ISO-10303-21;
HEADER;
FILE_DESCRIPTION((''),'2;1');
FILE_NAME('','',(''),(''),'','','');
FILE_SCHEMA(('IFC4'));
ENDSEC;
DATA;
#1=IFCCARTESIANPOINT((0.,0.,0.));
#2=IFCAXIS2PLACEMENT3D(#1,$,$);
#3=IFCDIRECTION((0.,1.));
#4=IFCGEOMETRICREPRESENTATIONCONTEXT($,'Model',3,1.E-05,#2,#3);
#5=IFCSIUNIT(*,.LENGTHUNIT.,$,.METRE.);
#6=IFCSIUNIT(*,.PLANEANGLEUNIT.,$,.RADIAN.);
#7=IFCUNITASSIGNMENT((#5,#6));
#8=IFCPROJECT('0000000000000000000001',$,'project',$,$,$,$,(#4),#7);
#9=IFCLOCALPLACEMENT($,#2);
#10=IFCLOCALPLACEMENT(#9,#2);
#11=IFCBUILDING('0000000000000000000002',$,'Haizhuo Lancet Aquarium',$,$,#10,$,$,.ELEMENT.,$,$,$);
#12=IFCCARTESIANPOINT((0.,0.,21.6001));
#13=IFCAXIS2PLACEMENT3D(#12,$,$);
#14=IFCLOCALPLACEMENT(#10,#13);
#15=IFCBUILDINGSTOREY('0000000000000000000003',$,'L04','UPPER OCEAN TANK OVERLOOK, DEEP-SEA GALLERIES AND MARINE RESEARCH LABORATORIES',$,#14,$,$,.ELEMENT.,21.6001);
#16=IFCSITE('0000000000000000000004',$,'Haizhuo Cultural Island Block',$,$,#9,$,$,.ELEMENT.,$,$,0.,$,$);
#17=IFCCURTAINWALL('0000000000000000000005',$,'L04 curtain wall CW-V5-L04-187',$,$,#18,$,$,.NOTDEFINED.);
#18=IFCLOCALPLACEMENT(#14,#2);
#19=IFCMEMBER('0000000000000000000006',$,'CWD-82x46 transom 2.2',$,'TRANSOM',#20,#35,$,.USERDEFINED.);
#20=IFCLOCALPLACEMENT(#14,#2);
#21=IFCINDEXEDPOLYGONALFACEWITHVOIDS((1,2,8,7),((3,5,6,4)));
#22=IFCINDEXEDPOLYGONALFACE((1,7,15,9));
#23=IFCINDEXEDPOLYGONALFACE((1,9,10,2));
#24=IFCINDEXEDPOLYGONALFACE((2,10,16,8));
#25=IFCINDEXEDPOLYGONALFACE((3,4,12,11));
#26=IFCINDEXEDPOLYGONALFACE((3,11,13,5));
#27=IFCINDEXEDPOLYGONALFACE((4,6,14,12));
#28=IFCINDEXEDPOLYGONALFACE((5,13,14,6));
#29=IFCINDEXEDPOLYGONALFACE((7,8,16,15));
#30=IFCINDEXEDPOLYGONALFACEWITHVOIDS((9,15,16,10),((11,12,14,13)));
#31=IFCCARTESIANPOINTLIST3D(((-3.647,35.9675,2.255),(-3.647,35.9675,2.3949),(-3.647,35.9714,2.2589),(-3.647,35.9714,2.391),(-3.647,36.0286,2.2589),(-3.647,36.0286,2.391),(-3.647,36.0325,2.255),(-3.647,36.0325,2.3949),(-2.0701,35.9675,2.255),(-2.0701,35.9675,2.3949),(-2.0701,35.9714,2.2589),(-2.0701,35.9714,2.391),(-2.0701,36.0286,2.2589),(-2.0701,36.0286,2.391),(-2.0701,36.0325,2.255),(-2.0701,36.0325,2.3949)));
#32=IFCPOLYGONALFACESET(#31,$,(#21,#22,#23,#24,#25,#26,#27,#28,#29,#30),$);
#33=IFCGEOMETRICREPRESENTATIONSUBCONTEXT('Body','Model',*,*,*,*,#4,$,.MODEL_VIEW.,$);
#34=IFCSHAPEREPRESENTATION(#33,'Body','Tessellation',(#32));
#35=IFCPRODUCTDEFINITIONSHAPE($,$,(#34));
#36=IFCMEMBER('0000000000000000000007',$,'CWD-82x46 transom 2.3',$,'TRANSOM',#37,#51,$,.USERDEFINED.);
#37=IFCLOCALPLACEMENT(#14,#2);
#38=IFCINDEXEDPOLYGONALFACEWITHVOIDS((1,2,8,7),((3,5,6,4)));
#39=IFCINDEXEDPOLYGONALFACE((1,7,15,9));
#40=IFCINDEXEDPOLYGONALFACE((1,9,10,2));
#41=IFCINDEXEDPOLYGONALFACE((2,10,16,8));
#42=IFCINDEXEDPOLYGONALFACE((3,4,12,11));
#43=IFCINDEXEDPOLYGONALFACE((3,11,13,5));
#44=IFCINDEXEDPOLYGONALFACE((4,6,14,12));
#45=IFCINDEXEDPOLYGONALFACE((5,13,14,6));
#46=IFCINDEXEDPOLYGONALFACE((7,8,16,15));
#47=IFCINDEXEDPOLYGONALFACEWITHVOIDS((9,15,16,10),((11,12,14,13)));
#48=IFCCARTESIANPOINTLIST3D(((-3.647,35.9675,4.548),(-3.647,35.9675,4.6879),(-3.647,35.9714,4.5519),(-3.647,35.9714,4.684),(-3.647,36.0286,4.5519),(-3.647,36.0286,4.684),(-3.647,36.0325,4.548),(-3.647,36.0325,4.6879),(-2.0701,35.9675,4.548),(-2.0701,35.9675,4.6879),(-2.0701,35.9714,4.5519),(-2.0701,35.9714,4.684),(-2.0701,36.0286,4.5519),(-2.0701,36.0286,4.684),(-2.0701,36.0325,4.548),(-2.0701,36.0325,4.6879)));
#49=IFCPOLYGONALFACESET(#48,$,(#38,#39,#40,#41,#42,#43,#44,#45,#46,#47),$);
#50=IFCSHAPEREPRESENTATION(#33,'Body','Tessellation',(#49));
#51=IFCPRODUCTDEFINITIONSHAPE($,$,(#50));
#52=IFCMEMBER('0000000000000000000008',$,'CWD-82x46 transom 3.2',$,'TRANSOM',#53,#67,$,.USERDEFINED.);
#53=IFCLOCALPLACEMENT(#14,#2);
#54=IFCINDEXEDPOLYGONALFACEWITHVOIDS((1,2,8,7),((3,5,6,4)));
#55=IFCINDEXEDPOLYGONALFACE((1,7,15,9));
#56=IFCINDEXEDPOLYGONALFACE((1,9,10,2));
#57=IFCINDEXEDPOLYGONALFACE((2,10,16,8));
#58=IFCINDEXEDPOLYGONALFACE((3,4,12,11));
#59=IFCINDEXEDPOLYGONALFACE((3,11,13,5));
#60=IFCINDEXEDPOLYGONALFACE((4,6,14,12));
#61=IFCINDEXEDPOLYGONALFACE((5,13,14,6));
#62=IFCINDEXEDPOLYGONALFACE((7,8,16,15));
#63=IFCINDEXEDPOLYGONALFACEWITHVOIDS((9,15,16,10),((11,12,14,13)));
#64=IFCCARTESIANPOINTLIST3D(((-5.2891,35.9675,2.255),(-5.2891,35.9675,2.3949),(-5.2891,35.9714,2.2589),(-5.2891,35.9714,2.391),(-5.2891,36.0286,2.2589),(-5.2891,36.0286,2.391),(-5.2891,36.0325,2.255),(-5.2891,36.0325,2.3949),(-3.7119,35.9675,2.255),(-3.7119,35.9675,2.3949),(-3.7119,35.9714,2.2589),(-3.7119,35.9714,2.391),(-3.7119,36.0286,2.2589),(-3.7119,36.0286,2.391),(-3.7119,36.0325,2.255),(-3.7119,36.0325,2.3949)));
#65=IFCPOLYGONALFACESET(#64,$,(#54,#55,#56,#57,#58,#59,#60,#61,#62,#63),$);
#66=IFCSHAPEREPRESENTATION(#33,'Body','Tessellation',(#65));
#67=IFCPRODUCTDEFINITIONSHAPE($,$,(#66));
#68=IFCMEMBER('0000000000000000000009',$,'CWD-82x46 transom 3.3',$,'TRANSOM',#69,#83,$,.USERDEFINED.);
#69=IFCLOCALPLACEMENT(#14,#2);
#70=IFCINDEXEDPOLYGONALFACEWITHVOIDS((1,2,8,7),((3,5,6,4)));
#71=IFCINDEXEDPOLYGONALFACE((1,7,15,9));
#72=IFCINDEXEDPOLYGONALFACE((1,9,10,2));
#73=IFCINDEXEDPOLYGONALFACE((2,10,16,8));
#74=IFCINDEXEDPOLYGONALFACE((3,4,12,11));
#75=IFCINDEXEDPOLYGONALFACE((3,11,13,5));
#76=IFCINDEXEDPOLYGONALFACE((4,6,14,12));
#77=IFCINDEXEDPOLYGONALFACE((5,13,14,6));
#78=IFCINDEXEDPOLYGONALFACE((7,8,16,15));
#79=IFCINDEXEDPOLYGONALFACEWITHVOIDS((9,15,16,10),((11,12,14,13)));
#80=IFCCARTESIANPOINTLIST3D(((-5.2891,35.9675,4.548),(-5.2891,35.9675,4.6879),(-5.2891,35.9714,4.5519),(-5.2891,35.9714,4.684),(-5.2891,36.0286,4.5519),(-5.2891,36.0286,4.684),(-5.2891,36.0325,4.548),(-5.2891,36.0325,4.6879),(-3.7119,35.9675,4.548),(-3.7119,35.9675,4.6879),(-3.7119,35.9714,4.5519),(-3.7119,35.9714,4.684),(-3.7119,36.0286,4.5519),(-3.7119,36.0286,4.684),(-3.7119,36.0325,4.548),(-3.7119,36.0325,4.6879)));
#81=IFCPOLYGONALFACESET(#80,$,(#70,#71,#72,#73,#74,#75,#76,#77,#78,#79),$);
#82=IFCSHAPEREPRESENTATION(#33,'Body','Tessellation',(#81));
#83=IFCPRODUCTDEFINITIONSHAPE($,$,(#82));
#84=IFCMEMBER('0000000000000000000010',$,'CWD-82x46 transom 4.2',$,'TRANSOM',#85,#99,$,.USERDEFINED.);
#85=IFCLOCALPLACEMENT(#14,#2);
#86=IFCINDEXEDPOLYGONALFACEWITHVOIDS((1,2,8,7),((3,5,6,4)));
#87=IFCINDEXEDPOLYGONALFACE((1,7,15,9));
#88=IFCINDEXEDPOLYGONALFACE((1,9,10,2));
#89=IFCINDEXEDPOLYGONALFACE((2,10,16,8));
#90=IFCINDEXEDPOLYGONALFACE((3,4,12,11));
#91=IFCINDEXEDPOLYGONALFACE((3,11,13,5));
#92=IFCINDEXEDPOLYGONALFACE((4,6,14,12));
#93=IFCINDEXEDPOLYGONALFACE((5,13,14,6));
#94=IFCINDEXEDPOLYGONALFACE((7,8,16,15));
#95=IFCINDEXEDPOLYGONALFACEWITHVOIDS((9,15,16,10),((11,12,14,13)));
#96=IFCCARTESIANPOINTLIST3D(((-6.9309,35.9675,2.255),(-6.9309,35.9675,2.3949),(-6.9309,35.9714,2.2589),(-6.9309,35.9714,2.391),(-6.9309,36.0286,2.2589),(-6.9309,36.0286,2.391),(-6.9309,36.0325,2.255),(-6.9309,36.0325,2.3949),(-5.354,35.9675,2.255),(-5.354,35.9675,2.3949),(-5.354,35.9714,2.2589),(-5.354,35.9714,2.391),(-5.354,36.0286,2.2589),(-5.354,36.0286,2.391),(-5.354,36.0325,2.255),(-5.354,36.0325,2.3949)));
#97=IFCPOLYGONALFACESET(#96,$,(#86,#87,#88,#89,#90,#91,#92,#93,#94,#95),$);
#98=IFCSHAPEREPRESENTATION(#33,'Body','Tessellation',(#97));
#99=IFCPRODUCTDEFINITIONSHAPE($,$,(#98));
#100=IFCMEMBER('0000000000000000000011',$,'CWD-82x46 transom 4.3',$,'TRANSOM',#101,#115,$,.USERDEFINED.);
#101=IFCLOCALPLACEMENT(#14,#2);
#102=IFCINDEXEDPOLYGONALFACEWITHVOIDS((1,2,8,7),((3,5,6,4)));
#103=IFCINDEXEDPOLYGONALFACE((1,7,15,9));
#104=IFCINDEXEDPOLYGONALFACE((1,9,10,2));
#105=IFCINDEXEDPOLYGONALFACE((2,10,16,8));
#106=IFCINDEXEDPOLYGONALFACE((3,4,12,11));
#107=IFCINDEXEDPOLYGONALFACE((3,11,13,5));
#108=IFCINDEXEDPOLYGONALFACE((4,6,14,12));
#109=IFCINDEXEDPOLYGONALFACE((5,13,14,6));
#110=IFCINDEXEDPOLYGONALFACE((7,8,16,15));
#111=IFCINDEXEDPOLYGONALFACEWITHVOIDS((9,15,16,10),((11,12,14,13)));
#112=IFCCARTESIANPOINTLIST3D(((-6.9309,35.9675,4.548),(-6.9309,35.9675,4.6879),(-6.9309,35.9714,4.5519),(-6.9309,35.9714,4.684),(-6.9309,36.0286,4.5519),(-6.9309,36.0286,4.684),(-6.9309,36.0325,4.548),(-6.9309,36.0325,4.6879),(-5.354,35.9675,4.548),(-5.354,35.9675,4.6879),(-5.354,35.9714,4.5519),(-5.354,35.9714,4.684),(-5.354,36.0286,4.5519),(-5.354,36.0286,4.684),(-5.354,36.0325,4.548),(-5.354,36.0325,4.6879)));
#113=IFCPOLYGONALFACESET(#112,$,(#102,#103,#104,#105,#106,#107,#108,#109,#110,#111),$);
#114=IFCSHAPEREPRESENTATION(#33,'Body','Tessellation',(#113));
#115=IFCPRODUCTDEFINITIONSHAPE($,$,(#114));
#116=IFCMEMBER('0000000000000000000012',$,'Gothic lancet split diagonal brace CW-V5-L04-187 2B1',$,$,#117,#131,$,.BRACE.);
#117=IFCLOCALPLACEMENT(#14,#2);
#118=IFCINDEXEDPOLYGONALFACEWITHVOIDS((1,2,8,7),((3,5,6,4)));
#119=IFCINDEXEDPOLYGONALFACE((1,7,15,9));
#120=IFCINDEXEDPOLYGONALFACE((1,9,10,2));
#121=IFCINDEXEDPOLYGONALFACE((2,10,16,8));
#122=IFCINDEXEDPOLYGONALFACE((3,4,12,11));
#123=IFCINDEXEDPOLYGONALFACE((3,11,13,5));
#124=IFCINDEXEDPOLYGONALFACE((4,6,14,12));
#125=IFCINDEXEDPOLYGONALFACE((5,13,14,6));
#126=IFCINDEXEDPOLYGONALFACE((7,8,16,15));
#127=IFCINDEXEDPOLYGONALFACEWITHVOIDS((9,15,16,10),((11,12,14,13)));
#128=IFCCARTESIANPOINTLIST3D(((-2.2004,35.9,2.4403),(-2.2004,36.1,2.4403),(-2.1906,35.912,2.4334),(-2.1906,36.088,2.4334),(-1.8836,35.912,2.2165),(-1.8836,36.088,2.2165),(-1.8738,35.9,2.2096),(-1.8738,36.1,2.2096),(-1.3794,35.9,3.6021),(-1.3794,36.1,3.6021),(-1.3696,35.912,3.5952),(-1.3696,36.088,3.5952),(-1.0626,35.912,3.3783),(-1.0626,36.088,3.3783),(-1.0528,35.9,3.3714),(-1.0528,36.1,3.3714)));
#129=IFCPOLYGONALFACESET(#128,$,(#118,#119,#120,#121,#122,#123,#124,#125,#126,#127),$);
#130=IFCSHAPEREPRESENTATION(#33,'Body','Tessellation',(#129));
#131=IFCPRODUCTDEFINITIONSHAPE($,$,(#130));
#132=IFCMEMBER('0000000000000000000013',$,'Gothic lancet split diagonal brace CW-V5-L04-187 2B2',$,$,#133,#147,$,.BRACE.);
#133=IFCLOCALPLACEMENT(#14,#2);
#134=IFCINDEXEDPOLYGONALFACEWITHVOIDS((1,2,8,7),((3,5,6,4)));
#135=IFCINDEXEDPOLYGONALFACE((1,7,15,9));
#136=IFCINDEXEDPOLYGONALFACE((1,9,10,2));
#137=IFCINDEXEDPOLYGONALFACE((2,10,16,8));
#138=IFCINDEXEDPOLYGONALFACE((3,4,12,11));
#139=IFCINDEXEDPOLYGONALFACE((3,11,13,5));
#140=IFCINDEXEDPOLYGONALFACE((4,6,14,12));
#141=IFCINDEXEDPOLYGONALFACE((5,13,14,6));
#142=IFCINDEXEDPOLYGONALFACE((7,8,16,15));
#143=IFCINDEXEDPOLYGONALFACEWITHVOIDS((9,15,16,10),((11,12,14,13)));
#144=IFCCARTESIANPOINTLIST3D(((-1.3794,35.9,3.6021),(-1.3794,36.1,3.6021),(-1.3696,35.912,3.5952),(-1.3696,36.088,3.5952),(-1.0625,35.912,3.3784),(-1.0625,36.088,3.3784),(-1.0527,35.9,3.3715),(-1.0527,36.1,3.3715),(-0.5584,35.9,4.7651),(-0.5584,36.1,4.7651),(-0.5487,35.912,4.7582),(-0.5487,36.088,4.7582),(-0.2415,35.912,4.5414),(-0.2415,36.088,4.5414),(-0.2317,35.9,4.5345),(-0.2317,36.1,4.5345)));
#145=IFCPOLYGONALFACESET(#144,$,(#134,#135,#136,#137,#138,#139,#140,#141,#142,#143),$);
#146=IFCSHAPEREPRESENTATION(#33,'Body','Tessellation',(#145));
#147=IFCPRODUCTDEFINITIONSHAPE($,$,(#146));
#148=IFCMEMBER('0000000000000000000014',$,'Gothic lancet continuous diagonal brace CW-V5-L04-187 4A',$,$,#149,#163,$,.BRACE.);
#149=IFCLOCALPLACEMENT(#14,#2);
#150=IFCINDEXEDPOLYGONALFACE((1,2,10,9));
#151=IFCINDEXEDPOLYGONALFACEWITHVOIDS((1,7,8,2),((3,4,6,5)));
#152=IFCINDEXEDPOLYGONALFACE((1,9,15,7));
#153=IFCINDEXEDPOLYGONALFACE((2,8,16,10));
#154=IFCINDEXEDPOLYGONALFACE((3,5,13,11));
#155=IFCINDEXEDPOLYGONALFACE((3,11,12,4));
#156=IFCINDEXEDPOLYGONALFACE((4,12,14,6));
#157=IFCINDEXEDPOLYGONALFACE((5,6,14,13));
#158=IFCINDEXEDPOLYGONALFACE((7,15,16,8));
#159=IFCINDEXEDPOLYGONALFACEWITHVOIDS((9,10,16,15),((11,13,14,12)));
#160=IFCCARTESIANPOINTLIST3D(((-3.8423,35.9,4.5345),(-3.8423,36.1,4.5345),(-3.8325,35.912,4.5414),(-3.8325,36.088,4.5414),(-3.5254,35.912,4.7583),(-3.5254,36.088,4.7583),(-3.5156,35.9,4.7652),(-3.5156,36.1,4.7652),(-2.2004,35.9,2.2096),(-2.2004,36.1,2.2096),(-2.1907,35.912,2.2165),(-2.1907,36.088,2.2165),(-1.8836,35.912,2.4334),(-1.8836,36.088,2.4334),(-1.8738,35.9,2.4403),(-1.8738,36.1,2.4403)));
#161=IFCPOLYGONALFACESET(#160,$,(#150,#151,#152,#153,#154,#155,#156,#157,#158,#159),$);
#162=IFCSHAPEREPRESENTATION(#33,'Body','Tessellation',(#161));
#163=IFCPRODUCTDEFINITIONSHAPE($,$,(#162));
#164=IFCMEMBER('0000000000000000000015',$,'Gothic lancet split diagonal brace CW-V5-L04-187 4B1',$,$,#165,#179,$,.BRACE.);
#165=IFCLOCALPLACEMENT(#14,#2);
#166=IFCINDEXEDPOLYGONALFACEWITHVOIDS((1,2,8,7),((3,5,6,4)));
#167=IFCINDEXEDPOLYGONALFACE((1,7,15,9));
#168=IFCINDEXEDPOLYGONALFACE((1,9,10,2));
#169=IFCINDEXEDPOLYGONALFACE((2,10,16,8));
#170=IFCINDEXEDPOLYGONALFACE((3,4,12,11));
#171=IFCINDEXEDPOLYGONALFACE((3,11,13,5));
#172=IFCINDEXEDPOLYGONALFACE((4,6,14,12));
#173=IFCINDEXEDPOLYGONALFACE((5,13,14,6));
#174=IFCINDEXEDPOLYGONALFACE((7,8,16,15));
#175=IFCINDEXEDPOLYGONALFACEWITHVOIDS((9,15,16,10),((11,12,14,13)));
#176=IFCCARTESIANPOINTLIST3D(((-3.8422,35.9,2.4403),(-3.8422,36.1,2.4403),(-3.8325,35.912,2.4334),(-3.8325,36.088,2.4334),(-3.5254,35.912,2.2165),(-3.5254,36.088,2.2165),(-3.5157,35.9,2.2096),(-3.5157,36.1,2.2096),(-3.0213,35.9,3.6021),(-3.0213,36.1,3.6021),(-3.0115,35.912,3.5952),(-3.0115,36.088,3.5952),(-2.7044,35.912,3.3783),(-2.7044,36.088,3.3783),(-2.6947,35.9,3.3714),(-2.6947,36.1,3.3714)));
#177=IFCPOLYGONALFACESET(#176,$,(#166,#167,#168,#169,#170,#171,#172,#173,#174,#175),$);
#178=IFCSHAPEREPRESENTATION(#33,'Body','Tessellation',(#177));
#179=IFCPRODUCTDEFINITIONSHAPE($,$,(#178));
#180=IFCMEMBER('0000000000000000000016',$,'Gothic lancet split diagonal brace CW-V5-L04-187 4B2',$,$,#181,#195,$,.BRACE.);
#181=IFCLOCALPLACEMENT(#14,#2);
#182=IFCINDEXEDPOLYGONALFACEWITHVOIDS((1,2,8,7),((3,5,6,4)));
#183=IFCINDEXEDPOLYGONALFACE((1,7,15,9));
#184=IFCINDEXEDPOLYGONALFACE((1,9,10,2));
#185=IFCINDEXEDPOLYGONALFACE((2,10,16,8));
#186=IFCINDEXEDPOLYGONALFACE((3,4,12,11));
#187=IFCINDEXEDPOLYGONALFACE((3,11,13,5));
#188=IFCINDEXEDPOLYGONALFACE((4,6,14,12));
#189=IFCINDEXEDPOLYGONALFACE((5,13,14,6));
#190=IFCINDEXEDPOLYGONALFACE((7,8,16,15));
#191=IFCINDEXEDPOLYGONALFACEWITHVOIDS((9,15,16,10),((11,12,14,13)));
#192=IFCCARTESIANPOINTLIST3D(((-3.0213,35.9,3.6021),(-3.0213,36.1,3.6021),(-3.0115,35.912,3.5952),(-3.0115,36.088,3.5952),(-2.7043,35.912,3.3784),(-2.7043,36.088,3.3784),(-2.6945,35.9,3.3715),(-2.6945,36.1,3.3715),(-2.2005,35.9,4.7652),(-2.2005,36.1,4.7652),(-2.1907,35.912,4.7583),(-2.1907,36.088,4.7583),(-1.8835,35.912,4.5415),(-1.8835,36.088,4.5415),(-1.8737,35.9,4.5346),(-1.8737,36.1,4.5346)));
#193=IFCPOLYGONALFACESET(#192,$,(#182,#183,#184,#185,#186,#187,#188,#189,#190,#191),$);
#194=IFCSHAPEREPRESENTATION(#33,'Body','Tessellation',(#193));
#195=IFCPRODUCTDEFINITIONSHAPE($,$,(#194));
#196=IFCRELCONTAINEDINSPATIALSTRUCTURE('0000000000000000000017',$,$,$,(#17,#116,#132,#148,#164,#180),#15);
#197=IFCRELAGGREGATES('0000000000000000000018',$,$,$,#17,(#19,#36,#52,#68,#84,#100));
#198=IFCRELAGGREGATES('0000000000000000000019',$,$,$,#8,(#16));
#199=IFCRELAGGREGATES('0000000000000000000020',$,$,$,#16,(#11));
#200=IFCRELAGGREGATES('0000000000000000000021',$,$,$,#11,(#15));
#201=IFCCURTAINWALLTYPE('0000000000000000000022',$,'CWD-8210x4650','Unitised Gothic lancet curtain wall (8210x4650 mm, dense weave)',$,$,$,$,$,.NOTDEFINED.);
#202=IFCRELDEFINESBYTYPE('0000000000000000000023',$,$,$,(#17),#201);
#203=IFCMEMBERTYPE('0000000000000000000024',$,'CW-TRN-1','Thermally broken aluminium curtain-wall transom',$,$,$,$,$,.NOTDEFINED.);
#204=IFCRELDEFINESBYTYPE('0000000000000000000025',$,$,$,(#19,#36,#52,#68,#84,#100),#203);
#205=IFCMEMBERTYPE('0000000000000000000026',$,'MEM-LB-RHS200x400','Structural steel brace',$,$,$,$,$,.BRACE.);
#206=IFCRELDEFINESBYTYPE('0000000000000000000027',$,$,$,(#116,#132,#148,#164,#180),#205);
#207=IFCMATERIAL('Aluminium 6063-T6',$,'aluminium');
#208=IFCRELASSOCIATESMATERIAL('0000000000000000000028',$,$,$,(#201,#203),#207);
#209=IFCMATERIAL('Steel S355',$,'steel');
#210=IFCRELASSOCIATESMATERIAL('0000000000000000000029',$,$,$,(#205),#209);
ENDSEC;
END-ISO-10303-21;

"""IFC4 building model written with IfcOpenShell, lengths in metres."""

from ifc_helpers import new_model, si_unit, direction, frame, origin, origin_2d, place, context, subcontext, project, spatial, hollow_rectangle, extrude, material, material_profile, profile_set, type_object, element, aggregate, save


model = new_model("IFC4")

# Units and contexts
model_context = context("Model", 3, precision=1e-05, world=origin(), true_north=direction((0.0, 1.0)))
body_context = subcontext(model_context, "Body", "Model", "MODEL_VIEW")
ifc_project = project(units=[si_unit("LENGTHUNIT", "METRE"), si_unit("PLANEANGLEUNIT", "RADIAN")], contexts=[model_context])

# Site, building, storey
site_placement = place(None, origin())
site = spatial("IfcSite", under=ifc_project, at=site_placement, Name="Haizhuo Cultural Island Block", CompositionType="ELEMENT", RefElevation=0.0)
building_placement = place(site_placement, origin())
building = spatial("IfcBuilding", under=site, at=building_placement, Name="Haizhuo Lancet Aquarium", CompositionType="ELEMENT")
storey_placement = place(building_placement, frame((0.0, 0.0, 21.6001)))
storey = spatial("IfcBuildingStorey", under=building, at=storey_placement, Name="L04", Description="UPPER OCEAN TANK OVERLOOK, DEEP-SEA GALLERIES AND MARINE RESEARCH LABORATORIES", CompositionType="ELEMENT", Elevation=21.6001)

# Curtain wall, members
ifc_material_1 = material(Name="Aluminium 6063-T6", Category="aluminium")
curtain_wall_type = type_object("IfcCurtainWallType", Name="CWD-8210x4650", Description="Unitised Gothic lancet curtain wall (8210x4650 mm, dense weave)", PredefinedType="NOTDEFINED", material=ifc_material_1)
curtain_wall_placement = place(storey_placement, origin())
curtain_wall = element("IfcCurtainWall", 1, at=curtain_wall_placement, inside=storey, type_object=curtain_wall_type, Name="L04 curtain wall CW-V5-L04-187", PredefinedType="NOTDEFINED")
ifc_material_profile_1 = material_profile(ifc_material_1, hollow_rectangle(XDim=0.0649, YDim=0.1399, WallThickness=0.0039, at=origin_2d()), Name="ALU-T 65x140x4")
ifc_profile_set_1 = profile_set([ifc_material_profile_1], Name="Aluminium 6063-T6")
member_type_1 = type_object("IfcMemberType", Name="CW-TRN-1", Description="Thermally broken aluminium curtain-wall transom", PredefinedType="NOTDEFINED", material=ifc_profile_set_1)
member_1_placement = place(storey_placement, frame((-2.0701, 36.0, 2.325), z_axis=(-1.0, 0.0, 0.0), x_axis=(0.0, -1.0, 0.0)))
member_1 = element("IfcMember", 2, at=member_1_placement, type_object=member_type_1, Name="CWD-82x46 transom 2.2", ObjectType="TRANSOM", PredefinedType="USERDEFINED", context=body_context, shape_type="SweptSolid", body=[
    extrude(hollow_rectangle(XDim=0.0649, YDim=0.1399, WallThickness=0.0039, at=origin_2d()), origin(), (0.0, 0.0, 1.0), 1.5769),
])
member_2_placement = place(storey_placement, frame((-2.0701, 36.0, 4.6179), z_axis=(-1.0, 0.0, 0.0), x_axis=(0.0, -1.0, 0.0)))
member_2 = element("IfcMember", 3, at=member_2_placement, type_object=member_type_1, Name="CWD-82x46 transom 2.3", ObjectType="TRANSOM", PredefinedType="USERDEFINED", context=body_context, shape_type="SweptSolid", body=[
    extrude(hollow_rectangle(XDim=0.0649, YDim=0.1399, WallThickness=0.0039, at=origin_2d()), origin(), (0.0, 0.0, 1.0), 1.5769),
])
member_3_placement = place(storey_placement, frame((-3.7119, 36.0, 2.325), z_axis=(-1.0, 0.0, 0.0), x_axis=(0.0, -1.0, 0.0)))
member_3 = element("IfcMember", 4, at=member_3_placement, type_object=member_type_1, Name="CWD-82x46 transom 3.2", ObjectType="TRANSOM", PredefinedType="USERDEFINED", context=body_context, shape_type="SweptSolid", body=[
    extrude(hollow_rectangle(XDim=0.0649, YDim=0.1399, WallThickness=0.0039, at=origin_2d()), origin(), (0.0, 0.0, 1.0), 1.5771),
])
member_4_placement = place(storey_placement, frame((-3.7119, 36.0, 4.6179), z_axis=(-1.0, 0.0, 0.0), x_axis=(0.0, -1.0, 0.0)))
member_4 = element("IfcMember", 5, at=member_4_placement, type_object=member_type_1, Name="CWD-82x46 transom 3.3", ObjectType="TRANSOM", PredefinedType="USERDEFINED", context=body_context, shape_type="SweptSolid", body=[
    extrude(hollow_rectangle(XDim=0.0649, YDim=0.1399, WallThickness=0.0039, at=origin_2d()), origin(), (0.0, 0.0, 1.0), 1.5771),
])
member_5_placement = place(storey_placement, frame((-5.354, 36.0, 2.325), z_axis=(-1.0, 0.0, 0.0), x_axis=(0.0, -1.0, 0.0)))
member_5 = element("IfcMember", 6, at=member_5_placement, type_object=member_type_1, Name="CWD-82x46 transom 4.2", ObjectType="TRANSOM", PredefinedType="USERDEFINED", context=body_context, shape_type="SweptSolid", body=[
    extrude(hollow_rectangle(XDim=0.0649, YDim=0.1399, WallThickness=0.0039, at=origin_2d()), origin(), (0.0, 0.0, 1.0), 1.5769),
])
member_6_placement = place(storey_placement, frame((-5.354, 36.0, 4.6179), z_axis=(-1.0, 0.0, 0.0), x_axis=(0.0, -1.0, 0.0)))
member_6 = element("IfcMember", 7, at=member_6_placement, type_object=member_type_1, Name="CWD-82x46 transom 4.3", ObjectType="TRANSOM", PredefinedType="USERDEFINED", context=body_context, shape_type="SweptSolid", body=[
    extrude(hollow_rectangle(XDim=0.0649, YDim=0.1399, WallThickness=0.0039, at=origin_2d()), origin(), (0.0, 0.0, 1.0), 1.5769),
])

# Members
ifc_material_2 = material(Name="Steel S355", Category="steel")
ifc_material_profile_2 = material_profile(ifc_material_2, hollow_rectangle(XDim=0.2, YDim=0.3999, WallThickness=0.012, at=origin_2d()), Name="RHS 200x400x12")
ifc_profile_set_2 = profile_set([ifc_material_profile_2], Name="Steel S355")
member_type_2 = type_object("IfcMemberType", Name="MEM-LB-RHS200x400", Description="Structural steel brace", PredefinedType="BRACE", material=ifc_profile_set_2)
member_7_placement = place(storey_placement, frame((-2.0371, 36.0, 2.325), z_axis=(0.577108, 0.0, 0.816668), x_axis=(0.0, 1.0, 0.0)))
element("IfcMember", 8, at=member_7_placement, inside=storey, type_object=member_type_2, Name="Gothic lancet split diagonal brace CW-V5-L04-187 2B1", PredefinedType="BRACE", context=body_context, shape_type="SweptSolid", body=[
    extrude(hollow_rectangle(XDim=0.2, YDim=0.3999, WallThickness=0.012, at=origin_2d()), origin(), (0.0, 0.0, 1.0), 1.4226),
])
member_8_placement = place(storey_placement, frame((-1.2161, 36.0, 3.4868), z_axis=(0.576703, 0.0, 0.816954), x_axis=(0.0, 1.0, 0.0)))
element("IfcMember", 9, at=member_8_placement, inside=storey, type_object=member_type_2, Name="Gothic lancet split diagonal brace CW-V5-L04-187 2B2", PredefinedType="BRACE", context=body_context, shape_type="SweptSolid", body=[
    extrude(hollow_rectangle(XDim=0.2, YDim=0.3999, WallThickness=0.012, at=origin_2d()), origin(), (0.0, 0.0, 1.0), 1.4236),
])
member_9_placement = place(storey_placement, frame((-2.0371, 36.0, 2.325), z_axis=(-0.576848, 0.0, 0.816851), x_axis=(0.0, -1.0, 0.0)))
element("IfcMember", 10, at=member_9_placement, inside=storey, type_object=member_type_2, Name="Gothic lancet continuous diagonal brace CW-V5-L04-187 4A", PredefinedType="BRACE", context=body_context, shape_type="SweptSolid", body=[
    extrude(hollow_rectangle(XDim=0.2, YDim=0.3999, WallThickness=0.012, at=origin_2d()), origin(), (0.0, 0.0, 1.0), 2.8462),
])
member_10_placement = place(storey_placement, frame((-3.679, 36.0, 2.325), z_axis=(0.577108, 0.0, 0.816668), x_axis=(0.0, 1.0, 0.0)))
element("IfcMember", 11, at=member_10_placement, inside=storey, type_object=member_type_2, Name="Gothic lancet split diagonal brace CW-V5-L04-187 4B1", PredefinedType="BRACE", context=body_context, shape_type="SweptSolid", body=[
    extrude(hollow_rectangle(XDim=0.2, YDim=0.3999, WallThickness=0.012, at=origin_2d()), origin(), (0.0, 0.0, 1.0), 1.4226),
])
member_11_placement = place(storey_placement, frame((-2.8579, 36.0, 3.4868), z_axis=(0.576589, 0.0, 0.817034), x_axis=(0.0, 1.0, 0.0)))
element("IfcMember", 12, at=member_11_placement, inside=storey, type_object=member_type_2, Name="Gothic lancet split diagonal brace CW-V5-L04-187 4B2", PredefinedType="BRACE", context=body_context, shape_type="SweptSolid", body=[
    extrude(hollow_rectangle(XDim=0.2, YDim=0.3999, WallThickness=0.012, at=origin_2d()), origin(), (0.0, 0.0, 1.0), 1.4236),
])

aggregate(curtain_wall, [member_1, member_2, member_3, member_4, member_5, member_6])

save(model, "model.ifc")
